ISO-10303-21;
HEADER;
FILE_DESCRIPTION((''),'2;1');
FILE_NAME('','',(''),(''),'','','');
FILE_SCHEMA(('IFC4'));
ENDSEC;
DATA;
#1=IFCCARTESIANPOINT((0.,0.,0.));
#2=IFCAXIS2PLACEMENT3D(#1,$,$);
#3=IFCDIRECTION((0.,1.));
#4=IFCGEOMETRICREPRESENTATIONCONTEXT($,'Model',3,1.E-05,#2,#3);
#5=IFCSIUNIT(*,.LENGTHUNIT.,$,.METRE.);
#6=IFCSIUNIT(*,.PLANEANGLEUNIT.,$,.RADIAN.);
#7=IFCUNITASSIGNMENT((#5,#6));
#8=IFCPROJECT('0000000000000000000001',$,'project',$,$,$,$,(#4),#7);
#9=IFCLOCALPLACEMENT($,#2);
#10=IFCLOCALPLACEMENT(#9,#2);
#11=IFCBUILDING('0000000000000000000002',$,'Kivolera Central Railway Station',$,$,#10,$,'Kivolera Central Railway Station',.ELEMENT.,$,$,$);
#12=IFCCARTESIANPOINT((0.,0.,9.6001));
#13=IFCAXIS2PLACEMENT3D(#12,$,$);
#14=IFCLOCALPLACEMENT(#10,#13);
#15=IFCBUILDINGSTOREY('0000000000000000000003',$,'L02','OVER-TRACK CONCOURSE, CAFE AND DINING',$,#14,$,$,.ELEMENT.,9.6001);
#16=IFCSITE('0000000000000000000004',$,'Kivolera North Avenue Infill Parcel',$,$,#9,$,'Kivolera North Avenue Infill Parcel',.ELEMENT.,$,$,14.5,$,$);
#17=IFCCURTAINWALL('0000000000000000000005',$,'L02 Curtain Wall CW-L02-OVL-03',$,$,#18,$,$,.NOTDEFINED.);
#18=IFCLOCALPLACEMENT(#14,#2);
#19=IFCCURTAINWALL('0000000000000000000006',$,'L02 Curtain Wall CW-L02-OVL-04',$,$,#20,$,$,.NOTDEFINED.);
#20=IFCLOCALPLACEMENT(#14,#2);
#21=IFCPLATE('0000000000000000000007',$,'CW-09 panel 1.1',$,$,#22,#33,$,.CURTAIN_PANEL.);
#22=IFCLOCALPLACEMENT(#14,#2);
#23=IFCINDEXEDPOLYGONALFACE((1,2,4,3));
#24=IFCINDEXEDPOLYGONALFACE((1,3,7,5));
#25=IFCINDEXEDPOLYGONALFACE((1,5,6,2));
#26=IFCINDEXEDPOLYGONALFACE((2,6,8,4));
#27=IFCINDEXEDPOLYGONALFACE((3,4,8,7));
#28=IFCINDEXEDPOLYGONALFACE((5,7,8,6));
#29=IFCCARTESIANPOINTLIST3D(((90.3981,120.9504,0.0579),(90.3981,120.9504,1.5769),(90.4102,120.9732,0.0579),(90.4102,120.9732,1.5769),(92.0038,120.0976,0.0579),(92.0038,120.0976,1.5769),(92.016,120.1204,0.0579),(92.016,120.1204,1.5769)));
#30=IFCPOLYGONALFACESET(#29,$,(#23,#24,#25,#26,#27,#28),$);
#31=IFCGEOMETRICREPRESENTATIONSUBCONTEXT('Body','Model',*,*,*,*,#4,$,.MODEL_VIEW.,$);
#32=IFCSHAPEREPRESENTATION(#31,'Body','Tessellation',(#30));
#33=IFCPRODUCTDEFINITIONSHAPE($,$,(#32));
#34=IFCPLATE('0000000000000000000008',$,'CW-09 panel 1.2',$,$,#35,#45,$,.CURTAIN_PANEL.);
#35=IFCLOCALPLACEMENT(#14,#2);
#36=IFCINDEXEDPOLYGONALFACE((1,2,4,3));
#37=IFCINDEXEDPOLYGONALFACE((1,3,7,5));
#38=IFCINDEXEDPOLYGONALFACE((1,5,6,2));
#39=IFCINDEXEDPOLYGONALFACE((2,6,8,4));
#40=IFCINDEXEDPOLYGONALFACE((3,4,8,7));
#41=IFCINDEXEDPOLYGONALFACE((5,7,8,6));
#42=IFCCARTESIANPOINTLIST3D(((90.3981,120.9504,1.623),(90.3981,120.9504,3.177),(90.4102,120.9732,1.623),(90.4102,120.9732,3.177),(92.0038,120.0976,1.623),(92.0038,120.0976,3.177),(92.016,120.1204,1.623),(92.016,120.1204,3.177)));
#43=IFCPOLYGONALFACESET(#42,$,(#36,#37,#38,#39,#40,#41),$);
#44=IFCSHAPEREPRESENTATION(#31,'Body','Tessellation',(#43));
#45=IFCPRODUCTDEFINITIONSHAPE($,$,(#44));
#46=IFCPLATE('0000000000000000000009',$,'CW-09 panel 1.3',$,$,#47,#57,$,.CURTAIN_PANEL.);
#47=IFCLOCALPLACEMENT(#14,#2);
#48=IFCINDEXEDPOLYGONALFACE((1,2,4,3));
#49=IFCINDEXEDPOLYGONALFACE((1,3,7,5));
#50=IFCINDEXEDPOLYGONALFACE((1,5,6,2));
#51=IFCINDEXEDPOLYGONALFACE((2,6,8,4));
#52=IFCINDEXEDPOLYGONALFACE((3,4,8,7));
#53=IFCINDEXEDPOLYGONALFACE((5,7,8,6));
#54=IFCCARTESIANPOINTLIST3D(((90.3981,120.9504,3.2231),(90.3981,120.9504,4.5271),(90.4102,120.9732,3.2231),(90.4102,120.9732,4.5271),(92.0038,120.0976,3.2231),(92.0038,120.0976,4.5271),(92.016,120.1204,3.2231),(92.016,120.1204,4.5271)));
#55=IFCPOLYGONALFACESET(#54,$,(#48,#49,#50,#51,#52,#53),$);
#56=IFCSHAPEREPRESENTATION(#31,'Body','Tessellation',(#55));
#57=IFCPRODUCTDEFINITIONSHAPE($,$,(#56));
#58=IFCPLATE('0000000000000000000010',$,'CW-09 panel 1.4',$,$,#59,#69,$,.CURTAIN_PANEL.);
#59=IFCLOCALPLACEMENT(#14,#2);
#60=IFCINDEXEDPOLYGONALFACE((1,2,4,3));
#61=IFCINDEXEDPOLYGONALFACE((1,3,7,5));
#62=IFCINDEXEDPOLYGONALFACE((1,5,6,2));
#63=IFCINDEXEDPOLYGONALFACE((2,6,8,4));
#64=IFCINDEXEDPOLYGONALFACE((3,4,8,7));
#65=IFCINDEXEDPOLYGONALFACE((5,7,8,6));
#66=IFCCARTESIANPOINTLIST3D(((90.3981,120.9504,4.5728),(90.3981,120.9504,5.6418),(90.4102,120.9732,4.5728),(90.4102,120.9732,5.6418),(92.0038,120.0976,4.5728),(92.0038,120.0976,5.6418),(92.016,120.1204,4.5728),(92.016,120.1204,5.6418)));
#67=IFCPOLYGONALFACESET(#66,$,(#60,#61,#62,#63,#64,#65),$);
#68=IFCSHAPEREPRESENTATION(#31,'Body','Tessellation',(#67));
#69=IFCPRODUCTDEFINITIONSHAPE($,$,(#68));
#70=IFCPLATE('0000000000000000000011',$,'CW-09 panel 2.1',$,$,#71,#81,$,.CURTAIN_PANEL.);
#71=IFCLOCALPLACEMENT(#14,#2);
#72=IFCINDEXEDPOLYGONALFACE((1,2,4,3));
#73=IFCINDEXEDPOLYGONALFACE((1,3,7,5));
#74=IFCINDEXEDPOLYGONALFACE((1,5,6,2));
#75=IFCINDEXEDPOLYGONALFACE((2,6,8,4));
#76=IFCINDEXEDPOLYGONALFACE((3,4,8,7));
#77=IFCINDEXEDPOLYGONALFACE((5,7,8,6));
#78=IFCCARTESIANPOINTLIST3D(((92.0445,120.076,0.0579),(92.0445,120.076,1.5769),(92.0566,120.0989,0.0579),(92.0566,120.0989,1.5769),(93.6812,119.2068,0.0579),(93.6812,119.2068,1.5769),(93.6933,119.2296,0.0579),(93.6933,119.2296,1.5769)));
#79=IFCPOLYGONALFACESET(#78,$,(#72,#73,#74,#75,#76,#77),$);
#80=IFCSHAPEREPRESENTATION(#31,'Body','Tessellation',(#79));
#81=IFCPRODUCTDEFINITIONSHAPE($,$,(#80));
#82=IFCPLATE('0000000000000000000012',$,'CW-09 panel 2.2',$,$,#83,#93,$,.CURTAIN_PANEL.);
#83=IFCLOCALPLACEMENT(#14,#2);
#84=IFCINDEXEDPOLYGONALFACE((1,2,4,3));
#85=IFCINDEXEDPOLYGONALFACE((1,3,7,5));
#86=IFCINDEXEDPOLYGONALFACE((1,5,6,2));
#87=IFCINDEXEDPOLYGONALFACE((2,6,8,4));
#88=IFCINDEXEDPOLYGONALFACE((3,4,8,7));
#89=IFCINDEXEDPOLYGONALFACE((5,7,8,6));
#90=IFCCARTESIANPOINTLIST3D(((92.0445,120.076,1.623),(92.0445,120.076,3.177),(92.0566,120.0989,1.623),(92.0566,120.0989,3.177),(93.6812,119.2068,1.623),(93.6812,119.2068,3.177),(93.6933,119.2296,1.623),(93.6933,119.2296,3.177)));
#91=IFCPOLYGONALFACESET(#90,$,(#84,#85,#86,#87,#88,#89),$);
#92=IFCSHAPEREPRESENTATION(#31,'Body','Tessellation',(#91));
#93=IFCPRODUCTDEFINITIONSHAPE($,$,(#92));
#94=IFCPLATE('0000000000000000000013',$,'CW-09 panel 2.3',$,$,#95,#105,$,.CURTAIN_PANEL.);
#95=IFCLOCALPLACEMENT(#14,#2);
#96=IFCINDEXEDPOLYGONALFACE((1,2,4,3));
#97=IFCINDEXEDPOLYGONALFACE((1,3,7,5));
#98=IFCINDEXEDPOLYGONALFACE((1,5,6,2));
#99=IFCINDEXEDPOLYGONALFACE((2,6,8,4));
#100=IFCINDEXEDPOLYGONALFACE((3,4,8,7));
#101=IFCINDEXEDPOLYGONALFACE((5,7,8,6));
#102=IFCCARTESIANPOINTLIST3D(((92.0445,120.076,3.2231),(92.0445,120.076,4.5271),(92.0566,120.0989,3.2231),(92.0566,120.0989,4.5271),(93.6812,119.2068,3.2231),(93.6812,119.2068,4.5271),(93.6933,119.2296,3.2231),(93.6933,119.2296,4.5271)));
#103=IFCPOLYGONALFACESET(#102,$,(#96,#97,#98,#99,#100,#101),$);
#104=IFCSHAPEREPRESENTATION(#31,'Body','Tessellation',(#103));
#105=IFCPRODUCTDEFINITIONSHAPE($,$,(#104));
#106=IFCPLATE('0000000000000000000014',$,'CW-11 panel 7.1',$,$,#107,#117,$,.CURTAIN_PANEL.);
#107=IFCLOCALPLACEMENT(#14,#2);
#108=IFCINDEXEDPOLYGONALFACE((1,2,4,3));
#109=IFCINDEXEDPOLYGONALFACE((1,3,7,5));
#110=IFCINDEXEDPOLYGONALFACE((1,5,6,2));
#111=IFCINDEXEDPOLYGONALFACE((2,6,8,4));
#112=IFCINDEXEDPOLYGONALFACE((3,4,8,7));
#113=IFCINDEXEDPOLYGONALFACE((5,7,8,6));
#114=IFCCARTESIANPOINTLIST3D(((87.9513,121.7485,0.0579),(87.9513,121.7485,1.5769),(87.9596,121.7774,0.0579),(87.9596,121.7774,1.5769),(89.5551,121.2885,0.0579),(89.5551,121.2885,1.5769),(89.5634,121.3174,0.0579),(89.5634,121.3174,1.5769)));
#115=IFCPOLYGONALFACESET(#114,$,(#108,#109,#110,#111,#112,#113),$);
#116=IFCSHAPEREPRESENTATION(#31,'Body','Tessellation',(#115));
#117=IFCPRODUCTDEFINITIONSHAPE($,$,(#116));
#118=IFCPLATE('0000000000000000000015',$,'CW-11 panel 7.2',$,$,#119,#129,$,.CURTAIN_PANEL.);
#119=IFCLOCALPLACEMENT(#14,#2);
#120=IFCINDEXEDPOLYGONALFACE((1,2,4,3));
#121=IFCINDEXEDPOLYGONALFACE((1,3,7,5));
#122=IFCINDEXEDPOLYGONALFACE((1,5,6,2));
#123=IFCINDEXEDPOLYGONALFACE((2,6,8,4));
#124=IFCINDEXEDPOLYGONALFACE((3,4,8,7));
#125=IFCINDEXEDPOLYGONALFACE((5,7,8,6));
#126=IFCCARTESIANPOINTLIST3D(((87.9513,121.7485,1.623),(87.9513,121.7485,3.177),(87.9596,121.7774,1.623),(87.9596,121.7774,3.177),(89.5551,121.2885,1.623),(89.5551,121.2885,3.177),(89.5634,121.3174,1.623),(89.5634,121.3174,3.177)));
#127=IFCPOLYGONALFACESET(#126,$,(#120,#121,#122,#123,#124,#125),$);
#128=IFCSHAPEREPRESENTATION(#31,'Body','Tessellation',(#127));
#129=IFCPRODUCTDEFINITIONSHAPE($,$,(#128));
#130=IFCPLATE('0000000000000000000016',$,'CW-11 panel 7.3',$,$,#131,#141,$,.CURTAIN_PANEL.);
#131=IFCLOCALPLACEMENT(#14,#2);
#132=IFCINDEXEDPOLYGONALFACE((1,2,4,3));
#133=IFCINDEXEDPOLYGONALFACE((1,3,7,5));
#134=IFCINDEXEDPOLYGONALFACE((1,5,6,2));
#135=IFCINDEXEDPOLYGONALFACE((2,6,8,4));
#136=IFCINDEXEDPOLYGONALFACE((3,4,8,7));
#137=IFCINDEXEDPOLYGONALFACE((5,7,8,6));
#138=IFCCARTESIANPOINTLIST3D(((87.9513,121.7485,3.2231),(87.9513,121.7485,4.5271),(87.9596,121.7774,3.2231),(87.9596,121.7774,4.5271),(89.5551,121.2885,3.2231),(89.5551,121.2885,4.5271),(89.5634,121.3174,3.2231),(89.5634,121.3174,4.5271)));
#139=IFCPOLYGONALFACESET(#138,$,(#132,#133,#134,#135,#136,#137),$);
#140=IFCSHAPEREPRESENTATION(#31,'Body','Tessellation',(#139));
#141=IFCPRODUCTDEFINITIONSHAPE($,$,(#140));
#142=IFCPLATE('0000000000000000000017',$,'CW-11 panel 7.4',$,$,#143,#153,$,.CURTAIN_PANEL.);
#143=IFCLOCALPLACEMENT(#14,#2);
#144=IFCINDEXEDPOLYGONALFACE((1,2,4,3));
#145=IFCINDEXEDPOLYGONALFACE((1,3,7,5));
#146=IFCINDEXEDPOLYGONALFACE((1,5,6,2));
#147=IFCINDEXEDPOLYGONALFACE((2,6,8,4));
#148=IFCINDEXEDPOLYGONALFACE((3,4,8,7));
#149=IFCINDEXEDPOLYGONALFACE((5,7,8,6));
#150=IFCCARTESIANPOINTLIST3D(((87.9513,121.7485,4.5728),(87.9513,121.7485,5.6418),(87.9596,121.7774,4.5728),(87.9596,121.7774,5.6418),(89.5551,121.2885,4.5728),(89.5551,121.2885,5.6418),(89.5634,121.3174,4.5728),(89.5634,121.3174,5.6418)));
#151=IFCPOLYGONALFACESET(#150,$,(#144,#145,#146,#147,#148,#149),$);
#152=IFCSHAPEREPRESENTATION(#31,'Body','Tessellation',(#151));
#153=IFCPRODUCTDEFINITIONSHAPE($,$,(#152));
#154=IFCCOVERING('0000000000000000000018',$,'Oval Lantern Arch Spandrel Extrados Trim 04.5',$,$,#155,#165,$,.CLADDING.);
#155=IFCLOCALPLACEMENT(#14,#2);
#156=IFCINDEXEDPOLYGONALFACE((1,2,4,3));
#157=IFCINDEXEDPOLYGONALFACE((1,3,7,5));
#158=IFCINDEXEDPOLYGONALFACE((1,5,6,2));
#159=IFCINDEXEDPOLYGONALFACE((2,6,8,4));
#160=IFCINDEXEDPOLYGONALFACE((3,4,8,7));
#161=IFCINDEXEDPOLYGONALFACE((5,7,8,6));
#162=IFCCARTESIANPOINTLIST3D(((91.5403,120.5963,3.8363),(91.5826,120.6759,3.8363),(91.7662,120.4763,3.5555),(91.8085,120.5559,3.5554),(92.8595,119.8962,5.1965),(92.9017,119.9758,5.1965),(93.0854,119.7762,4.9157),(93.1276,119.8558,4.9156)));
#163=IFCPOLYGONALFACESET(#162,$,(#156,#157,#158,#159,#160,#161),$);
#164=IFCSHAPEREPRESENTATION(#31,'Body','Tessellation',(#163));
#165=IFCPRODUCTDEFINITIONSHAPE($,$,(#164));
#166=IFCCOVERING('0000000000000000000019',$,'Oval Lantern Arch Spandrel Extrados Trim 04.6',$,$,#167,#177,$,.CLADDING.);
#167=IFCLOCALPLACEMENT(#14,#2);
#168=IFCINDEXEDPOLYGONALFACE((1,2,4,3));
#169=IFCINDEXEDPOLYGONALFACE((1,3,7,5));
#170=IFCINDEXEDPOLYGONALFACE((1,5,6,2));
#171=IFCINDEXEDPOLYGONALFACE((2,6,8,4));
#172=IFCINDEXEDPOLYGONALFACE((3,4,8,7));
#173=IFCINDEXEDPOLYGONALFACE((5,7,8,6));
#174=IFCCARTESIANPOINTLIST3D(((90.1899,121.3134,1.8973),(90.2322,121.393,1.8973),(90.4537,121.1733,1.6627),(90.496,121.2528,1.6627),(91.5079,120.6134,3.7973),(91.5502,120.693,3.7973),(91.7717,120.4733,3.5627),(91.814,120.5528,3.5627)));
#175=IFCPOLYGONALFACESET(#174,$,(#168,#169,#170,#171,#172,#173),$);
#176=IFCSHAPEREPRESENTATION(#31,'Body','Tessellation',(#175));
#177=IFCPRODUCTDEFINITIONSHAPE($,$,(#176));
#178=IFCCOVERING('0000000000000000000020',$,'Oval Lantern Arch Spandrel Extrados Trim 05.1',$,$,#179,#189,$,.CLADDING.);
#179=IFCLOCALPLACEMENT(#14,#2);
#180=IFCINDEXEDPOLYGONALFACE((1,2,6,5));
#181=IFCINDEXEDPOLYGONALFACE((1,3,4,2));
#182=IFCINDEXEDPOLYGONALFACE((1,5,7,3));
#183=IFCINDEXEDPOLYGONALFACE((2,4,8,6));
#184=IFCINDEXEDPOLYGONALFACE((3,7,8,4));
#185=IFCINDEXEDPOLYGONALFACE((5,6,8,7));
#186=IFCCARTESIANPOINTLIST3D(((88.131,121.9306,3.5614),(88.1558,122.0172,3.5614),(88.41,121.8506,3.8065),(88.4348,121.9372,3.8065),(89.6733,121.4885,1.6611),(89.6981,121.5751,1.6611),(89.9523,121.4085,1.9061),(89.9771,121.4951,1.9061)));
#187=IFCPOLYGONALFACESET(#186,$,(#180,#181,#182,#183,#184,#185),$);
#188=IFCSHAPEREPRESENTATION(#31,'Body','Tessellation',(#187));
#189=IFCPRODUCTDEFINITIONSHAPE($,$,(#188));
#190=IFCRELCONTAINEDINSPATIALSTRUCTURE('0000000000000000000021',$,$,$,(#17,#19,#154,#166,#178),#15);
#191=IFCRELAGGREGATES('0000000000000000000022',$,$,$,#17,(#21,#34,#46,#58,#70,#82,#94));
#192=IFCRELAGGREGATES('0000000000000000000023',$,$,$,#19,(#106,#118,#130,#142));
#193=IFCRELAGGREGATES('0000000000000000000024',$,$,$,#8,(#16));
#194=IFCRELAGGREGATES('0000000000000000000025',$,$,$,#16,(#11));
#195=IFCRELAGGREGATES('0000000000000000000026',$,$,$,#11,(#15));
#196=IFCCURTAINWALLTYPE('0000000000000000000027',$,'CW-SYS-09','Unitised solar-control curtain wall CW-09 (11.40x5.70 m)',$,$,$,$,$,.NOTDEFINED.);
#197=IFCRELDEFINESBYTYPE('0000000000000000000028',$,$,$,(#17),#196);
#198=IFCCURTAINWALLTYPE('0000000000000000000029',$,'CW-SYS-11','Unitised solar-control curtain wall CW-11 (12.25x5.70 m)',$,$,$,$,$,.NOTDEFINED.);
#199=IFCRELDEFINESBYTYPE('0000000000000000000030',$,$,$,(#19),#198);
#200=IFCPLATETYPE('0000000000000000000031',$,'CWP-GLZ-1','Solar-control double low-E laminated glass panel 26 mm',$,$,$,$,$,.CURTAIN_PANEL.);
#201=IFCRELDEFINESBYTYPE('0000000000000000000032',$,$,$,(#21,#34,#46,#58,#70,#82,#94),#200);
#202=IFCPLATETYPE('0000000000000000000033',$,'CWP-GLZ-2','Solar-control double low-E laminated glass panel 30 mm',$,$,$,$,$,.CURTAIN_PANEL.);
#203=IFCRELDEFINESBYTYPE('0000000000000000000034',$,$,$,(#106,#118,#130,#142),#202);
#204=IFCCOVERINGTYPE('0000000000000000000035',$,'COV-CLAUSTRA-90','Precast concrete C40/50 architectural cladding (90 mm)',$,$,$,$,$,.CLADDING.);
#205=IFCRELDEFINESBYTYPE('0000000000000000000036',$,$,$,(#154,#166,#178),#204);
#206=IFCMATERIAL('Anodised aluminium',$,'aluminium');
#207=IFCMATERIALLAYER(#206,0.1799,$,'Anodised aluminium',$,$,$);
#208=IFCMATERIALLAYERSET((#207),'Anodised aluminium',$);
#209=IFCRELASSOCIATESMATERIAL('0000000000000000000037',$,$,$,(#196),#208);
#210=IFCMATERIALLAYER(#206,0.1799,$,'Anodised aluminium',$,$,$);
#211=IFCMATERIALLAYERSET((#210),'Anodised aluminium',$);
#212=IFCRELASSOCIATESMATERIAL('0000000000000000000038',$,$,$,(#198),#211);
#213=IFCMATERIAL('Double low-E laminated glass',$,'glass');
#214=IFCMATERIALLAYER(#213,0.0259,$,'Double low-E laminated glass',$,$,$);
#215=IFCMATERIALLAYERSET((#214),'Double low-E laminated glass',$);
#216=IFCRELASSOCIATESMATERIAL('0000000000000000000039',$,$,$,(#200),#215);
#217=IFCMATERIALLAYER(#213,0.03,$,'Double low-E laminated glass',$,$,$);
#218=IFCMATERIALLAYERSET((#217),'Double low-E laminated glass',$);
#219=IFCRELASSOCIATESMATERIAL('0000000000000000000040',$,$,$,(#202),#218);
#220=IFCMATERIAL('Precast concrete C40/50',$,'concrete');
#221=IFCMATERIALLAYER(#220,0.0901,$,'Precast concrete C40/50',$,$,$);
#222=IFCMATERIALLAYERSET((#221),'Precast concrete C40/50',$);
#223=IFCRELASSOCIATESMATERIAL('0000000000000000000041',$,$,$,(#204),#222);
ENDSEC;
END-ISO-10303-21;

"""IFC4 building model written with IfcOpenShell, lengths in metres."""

from ifc_helpers import new_model, si_unit, direction, frame, origin, origin_2d, place, context, subcontext, project, spatial, rectangle, extrude, material, layer, layer_set, type_object, element, aggregate, save


model = new_model("IFC4")

# Units and contexts
model_context = context("Model", 3, precision=1e-05, world=origin(), true_north=direction((0.0, 1.0)))
body_context = subcontext(model_context, "Body", "Model", "MODEL_VIEW")
ifc_project = project(units=[si_unit("LENGTHUNIT", "METRE"), si_unit("PLANEANGLEUNIT", "RADIAN")], contexts=[model_context])

# Site, building, storey
site_placement = place(None, origin())
site = spatial("IfcSite", under=ifc_project, at=site_placement, Name="Kivolera North Avenue Infill Parcel", LongName="Kivolera North Avenue Infill Parcel", CompositionType="ELEMENT", RefElevation=14.5)
building_placement = place(site_placement, origin())
building = spatial("IfcBuilding", under=site, at=building_placement, Name="Kivolera Central Railway Station", LongName="Kivolera Central Railway Station", CompositionType="ELEMENT")
storey_placement = place(building_placement, frame((0.0, 0.0, 9.6001)))
storey = spatial("IfcBuildingStorey", under=building, at=storey_placement, Name="L02", Description="OVER-TRACK CONCOURSE, CAFE AND DINING", CompositionType="ELEMENT", Elevation=9.6001)

# Curtain wall
ifc_material_1 = material(Name="Anodised aluminium", Category="aluminium")
ifc_layer_1 = layer(ifc_material_1, 0.1799, Name="Anodised aluminium")
ifc_layer_set_1 = layer_set([ifc_layer_1], Name="Anodised aluminium")
curtain_wall_type_1 = type_object("IfcCurtainWallType", Name="CW-SYS-09", Description="Unitised solar-control curtain wall CW-09 (11.40x5.70 m)", PredefinedType="NOTDEFINED", material=ifc_layer_set_1)
curtain_wall_1_placement = place(storey_placement, origin())
curtain_wall_1 = element("IfcCurtainWall", 1, at=curtain_wall_1_placement, inside=storey, type_object=curtain_wall_type_1, Name="L02 Curtain Wall CW-L02-OVL-03", PredefinedType="NOTDEFINED")

# Curtain wall
ifc_layer_2 = layer(ifc_material_1, 0.1799, Name="Anodised aluminium")
ifc_layer_set_2 = layer_set([ifc_layer_2], Name="Anodised aluminium")
curtain_wall_type_2 = type_object("IfcCurtainWallType", Name="CW-SYS-11", Description="Unitised solar-control curtain wall CW-11 (12.25x5.70 m)", PredefinedType="NOTDEFINED", material=ifc_layer_set_2)
curtain_wall_2_placement = place(storey_placement, origin())
curtain_wall_2 = element("IfcCurtainWall", 2, at=curtain_wall_2_placement, inside=storey, type_object=curtain_wall_type_2, Name="L02 Curtain Wall CW-L02-OVL-04", PredefinedType="NOTDEFINED")

# Plates
ifc_material_2 = material(Name="Double low-E laminated glass", Category="glass")
ifc_layer_3 = layer(ifc_material_2, 0.0259, Name="Double low-E laminated glass")
ifc_layer_set_3 = layer_set([ifc_layer_3], Name="Double low-E laminated glass")
plate_type_1 = type_object("IfcPlateType", Name="CWP-GLZ-1", Description="Solar-control double low-E laminated glass panel 26 mm", PredefinedType="CURTAIN_PANEL", material=ifc_layer_set_3)
plate_1_placement = place(storey_placement, frame((91.207, 120.5354, 0.0579), z_axis=(0.0, 0.0, 1.0), x_axis=(0.88317, -0.469053, 0.0)))
plate_1 = element("IfcPlate", 3, at=plate_1_placement, type_object=plate_type_1, Name="CW-09 panel 1.1", PredefinedType="CURTAIN_PANEL", context=body_context, shape_type="SweptSolid", body=[
    extrude(rectangle(XDim=1.8181, YDim=0.0259, at=origin_2d()), origin(), (0.0, 0.0, 1.0), 1.519),
])
plate_2_placement = place(storey_placement, frame((91.207, 120.5354, 1.623), z_axis=(0.0, 0.0, 1.0), x_axis=(0.88317, -0.469053, 0.0)))
plate_2 = element("IfcPlate", 4, at=plate_2_placement, type_object=plate_type_1, Name="CW-09 panel 1.2", PredefinedType="CURTAIN_PANEL", context=body_context, shape_type="SweptSolid", body=[
    extrude(rectangle(XDim=1.8181, YDim=0.0259, at=origin_2d()), origin(), (0.0, 0.0, 1.0), 1.554),
])
plate_3_placement = place(storey_placement, frame((91.207, 120.5354, 3.2231), z_axis=(0.0, 0.0, 1.0), x_axis=(0.88317, -0.469053, 0.0)))
plate_3 = element("IfcPlate", 5, at=plate_3_placement, type_object=plate_type_1, Name="CW-09 panel 1.3", PredefinedType="CURTAIN_PANEL", context=body_context, shape_type="SweptSolid", body=[
    extrude(rectangle(XDim=1.8181, YDim=0.0259, at=origin_2d()), origin(), (0.0, 0.0, 1.0), 1.304),
])
plate_4_placement = place(storey_placement, frame((91.207, 120.5354, 4.5728), z_axis=(0.0, 0.0, 1.0), x_axis=(0.88317, -0.469053, 0.0)))
plate_4 = element("IfcPlate", 6, at=plate_4_placement, type_object=plate_type_1, Name="CW-09 panel 1.4", PredefinedType="CURTAIN_PANEL", context=body_context, shape_type="SweptSolid", body=[
    extrude(rectangle(XDim=1.8181, YDim=0.0259, at=origin_2d()), origin(), (0.0, 0.0, 1.0), 1.0691),
])
plate_5_placement = place(storey_placement, frame((92.8689, 119.6528, 0.0579), z_axis=(0.0, 0.0, 1.0), x_axis=(0.88317, -0.469053, 0.0)))
plate_5 = element("IfcPlate", 7, at=plate_5_placement, type_object=plate_type_1, Name="CW-09 panel 2.1", PredefinedType="CURTAIN_PANEL", context=body_context, shape_type="SweptSolid", body=[
    extrude(rectangle(XDim=1.8533, YDim=0.0259, at=origin_2d()), origin(), (0.0, 0.0, 1.0), 1.519),
])
plate_6_placement = place(storey_placement, frame((92.8689, 119.6528, 1.623), z_axis=(0.0, 0.0, 1.0), x_axis=(0.88317, -0.469053, 0.0)))
plate_6 = element("IfcPlate", 8, at=plate_6_placement, type_object=plate_type_1, Name="CW-09 panel 2.2", PredefinedType="CURTAIN_PANEL", context=body_context, shape_type="SweptSolid", body=[
    extrude(rectangle(XDim=1.8533, YDim=0.0259, at=origin_2d()), origin(), (0.0, 0.0, 1.0), 1.554),
])
plate_7_placement = place(storey_placement, frame((92.8689, 119.6528, 3.2231), z_axis=(0.0, 0.0, 1.0), x_axis=(0.88317, -0.469053, 0.0)))
plate_7 = element("IfcPlate", 9, at=plate_7_placement, type_object=plate_type_1, Name="CW-09 panel 2.3", PredefinedType="CURTAIN_PANEL", context=body_context, shape_type="SweptSolid", body=[
    extrude(rectangle(XDim=1.8533, YDim=0.0259, at=origin_2d()), origin(), (0.0, 0.0, 1.0), 1.304),
])
aggregate(curtain_wall_1, [plate_1, plate_2, plate_3, plate_4, plate_5, plate_6, plate_7])
ifc_layer_4 = layer(ifc_material_2, 0.03, Name="Double low-E laminated glass")
ifc_layer_set_4 = layer_set([ifc_layer_4], Name="Double low-E laminated glass")
plate_type_2 = type_object("IfcPlateType", Name="CWP-GLZ-2", Description="Solar-control double low-E laminated glass panel 30 mm", PredefinedType="CURTAIN_PANEL", material=ifc_layer_set_4)
plate_8_placement = place(storey_placement, frame((88.7573, 121.533, 0.0579), z_axis=(0.0, 0.0, 1.0), x_axis=(0.961246, -0.275692, 0.0)))
plate_8 = element("IfcPlate", 10, at=plate_8_placement, type_object=plate_type_2, Name="CW-11 panel 7.1", PredefinedType="CURTAIN_PANEL", context=body_context, shape_type="SweptSolid", body=[
    extrude(rectangle(XDim=1.6685, YDim=0.03, at=origin_2d()), origin(), (0.0, 0.0, 1.0), 1.519),
])
plate_9_placement = place(storey_placement, frame((88.7573, 121.533, 1.623), z_axis=(0.0, 0.0, 1.0), x_axis=(0.961246, -0.275692, 0.0)))
plate_9 = element("IfcPlate", 11, at=plate_9_placement, type_object=plate_type_2, Name="CW-11 panel 7.2", PredefinedType="CURTAIN_PANEL", context=body_context, shape_type="SweptSolid", body=[
    extrude(rectangle(XDim=1.6685, YDim=0.03, at=origin_2d()), origin(), (0.0, 0.0, 1.0), 1.554),
])
plate_10_placement = place(storey_placement, frame((88.7573, 121.533, 3.2231), z_axis=(0.0, 0.0, 1.0), x_axis=(0.961246, -0.275692, 0.0)))
plate_10 = element("IfcPlate", 12, at=plate_10_placement, type_object=plate_type_2, Name="CW-11 panel 7.3", PredefinedType="CURTAIN_PANEL", context=body_context, shape_type="SweptSolid", body=[
    extrude(rectangle(XDim=1.6685, YDim=0.03, at=origin_2d()), origin(), (0.0, 0.0, 1.0), 1.304),
])
plate_11_placement = place(storey_placement, frame((88.7573, 121.533, 4.5728), z_axis=(0.0, 0.0, 1.0), x_axis=(0.961246, -0.275692, 0.0)))
plate_11 = element("IfcPlate", 13, at=plate_11_placement, type_object=plate_type_2, Name="CW-11 panel 7.4", PredefinedType="CURTAIN_PANEL", context=body_context, shape_type="SweptSolid", body=[
    extrude(rectangle(XDim=1.6685, YDim=0.03, at=origin_2d()), origin(), (0.0, 0.0, 1.0), 1.0691),
])
aggregate(curtain_wall_2, [plate_8, plate_9, plate_10, plate_11])

# Coverings
ifc_material_3 = material(Name="Precast concrete C40/50", Category="concrete")
ifc_layer_5 = layer(ifc_material_3, 0.0901, Name="Precast concrete C40/50")
ifc_layer_set_5 = layer_set([ifc_layer_5], Name="Precast concrete C40/50")
covering_type = type_object("IfcCoveringType", Name="COV-CLAUSTRA-90", Description="Precast concrete C40/50 architectural cladding (90 mm)", PredefinedType="CLADDING", material=ifc_layer_set_5)
covering_1_placement = place(storey_placement, frame((92.334, 120.2261, 4.376), z_axis=(-0.653053, 0.346579, -0.673353), x_axis=(0.469119, 0.883135, 0.0)))
element("IfcCovering", 14, at=covering_1_placement, inside=storey, type_object=covering_type, Name="Oval Lantern Arch Spandrel Extrados Trim 04.5", PredefinedType="CLADDING", context=body_context, shape_type="SweptSolid", body=[
    extrude(rectangle(XDim=0.0901, YDim=0.3799, at=origin_2d()), frame((0.0, 0.0, -1.01)), (0.0, 0.0, 1.0), 2.02),
])
covering_2_placement = place(storey_placement, frame((91.002, 120.9331, 2.73), z_axis=(-0.545527, 0.289733, -0.786419), x_axis=(0.469119, 0.883135, 0.0)))
element("IfcCovering", 15, at=covering_2_placement, inside=storey, type_object=covering_type, Name="Oval Lantern Arch Spandrel Extrados Trim 04.6", PredefinedType="CLADDING", context=body_context, shape_type="SweptSolid", body=[
    extrude(rectangle(XDim=0.0901, YDim=0.3799, at=origin_2d()), frame((0.0, 0.0, -1.208)), (0.0, 0.0, 1.0), 2.416),
])
covering_3_placement = place(storey_placement, frame((89.054, 121.7129, 2.7339), z_axis=(-0.620126, 0.177753, 0.764099), x_axis=(0.275632, 0.961263, 0.0)))
element("IfcCovering", 16, at=covering_3_placement, inside=storey, type_object=covering_type, Name="Oval Lantern Arch Spandrel Extrados Trim 05.1", PredefinedType="CLADDING", context=body_context, shape_type="SweptSolid", body=[
    extrude(rectangle(XDim=0.0901, YDim=0.3799, at=origin_2d()), frame((0.0, 0.0, -1.2437)), (0.0, 0.0, 1.0), 2.4871),
])

save(model, "model.ifc")
